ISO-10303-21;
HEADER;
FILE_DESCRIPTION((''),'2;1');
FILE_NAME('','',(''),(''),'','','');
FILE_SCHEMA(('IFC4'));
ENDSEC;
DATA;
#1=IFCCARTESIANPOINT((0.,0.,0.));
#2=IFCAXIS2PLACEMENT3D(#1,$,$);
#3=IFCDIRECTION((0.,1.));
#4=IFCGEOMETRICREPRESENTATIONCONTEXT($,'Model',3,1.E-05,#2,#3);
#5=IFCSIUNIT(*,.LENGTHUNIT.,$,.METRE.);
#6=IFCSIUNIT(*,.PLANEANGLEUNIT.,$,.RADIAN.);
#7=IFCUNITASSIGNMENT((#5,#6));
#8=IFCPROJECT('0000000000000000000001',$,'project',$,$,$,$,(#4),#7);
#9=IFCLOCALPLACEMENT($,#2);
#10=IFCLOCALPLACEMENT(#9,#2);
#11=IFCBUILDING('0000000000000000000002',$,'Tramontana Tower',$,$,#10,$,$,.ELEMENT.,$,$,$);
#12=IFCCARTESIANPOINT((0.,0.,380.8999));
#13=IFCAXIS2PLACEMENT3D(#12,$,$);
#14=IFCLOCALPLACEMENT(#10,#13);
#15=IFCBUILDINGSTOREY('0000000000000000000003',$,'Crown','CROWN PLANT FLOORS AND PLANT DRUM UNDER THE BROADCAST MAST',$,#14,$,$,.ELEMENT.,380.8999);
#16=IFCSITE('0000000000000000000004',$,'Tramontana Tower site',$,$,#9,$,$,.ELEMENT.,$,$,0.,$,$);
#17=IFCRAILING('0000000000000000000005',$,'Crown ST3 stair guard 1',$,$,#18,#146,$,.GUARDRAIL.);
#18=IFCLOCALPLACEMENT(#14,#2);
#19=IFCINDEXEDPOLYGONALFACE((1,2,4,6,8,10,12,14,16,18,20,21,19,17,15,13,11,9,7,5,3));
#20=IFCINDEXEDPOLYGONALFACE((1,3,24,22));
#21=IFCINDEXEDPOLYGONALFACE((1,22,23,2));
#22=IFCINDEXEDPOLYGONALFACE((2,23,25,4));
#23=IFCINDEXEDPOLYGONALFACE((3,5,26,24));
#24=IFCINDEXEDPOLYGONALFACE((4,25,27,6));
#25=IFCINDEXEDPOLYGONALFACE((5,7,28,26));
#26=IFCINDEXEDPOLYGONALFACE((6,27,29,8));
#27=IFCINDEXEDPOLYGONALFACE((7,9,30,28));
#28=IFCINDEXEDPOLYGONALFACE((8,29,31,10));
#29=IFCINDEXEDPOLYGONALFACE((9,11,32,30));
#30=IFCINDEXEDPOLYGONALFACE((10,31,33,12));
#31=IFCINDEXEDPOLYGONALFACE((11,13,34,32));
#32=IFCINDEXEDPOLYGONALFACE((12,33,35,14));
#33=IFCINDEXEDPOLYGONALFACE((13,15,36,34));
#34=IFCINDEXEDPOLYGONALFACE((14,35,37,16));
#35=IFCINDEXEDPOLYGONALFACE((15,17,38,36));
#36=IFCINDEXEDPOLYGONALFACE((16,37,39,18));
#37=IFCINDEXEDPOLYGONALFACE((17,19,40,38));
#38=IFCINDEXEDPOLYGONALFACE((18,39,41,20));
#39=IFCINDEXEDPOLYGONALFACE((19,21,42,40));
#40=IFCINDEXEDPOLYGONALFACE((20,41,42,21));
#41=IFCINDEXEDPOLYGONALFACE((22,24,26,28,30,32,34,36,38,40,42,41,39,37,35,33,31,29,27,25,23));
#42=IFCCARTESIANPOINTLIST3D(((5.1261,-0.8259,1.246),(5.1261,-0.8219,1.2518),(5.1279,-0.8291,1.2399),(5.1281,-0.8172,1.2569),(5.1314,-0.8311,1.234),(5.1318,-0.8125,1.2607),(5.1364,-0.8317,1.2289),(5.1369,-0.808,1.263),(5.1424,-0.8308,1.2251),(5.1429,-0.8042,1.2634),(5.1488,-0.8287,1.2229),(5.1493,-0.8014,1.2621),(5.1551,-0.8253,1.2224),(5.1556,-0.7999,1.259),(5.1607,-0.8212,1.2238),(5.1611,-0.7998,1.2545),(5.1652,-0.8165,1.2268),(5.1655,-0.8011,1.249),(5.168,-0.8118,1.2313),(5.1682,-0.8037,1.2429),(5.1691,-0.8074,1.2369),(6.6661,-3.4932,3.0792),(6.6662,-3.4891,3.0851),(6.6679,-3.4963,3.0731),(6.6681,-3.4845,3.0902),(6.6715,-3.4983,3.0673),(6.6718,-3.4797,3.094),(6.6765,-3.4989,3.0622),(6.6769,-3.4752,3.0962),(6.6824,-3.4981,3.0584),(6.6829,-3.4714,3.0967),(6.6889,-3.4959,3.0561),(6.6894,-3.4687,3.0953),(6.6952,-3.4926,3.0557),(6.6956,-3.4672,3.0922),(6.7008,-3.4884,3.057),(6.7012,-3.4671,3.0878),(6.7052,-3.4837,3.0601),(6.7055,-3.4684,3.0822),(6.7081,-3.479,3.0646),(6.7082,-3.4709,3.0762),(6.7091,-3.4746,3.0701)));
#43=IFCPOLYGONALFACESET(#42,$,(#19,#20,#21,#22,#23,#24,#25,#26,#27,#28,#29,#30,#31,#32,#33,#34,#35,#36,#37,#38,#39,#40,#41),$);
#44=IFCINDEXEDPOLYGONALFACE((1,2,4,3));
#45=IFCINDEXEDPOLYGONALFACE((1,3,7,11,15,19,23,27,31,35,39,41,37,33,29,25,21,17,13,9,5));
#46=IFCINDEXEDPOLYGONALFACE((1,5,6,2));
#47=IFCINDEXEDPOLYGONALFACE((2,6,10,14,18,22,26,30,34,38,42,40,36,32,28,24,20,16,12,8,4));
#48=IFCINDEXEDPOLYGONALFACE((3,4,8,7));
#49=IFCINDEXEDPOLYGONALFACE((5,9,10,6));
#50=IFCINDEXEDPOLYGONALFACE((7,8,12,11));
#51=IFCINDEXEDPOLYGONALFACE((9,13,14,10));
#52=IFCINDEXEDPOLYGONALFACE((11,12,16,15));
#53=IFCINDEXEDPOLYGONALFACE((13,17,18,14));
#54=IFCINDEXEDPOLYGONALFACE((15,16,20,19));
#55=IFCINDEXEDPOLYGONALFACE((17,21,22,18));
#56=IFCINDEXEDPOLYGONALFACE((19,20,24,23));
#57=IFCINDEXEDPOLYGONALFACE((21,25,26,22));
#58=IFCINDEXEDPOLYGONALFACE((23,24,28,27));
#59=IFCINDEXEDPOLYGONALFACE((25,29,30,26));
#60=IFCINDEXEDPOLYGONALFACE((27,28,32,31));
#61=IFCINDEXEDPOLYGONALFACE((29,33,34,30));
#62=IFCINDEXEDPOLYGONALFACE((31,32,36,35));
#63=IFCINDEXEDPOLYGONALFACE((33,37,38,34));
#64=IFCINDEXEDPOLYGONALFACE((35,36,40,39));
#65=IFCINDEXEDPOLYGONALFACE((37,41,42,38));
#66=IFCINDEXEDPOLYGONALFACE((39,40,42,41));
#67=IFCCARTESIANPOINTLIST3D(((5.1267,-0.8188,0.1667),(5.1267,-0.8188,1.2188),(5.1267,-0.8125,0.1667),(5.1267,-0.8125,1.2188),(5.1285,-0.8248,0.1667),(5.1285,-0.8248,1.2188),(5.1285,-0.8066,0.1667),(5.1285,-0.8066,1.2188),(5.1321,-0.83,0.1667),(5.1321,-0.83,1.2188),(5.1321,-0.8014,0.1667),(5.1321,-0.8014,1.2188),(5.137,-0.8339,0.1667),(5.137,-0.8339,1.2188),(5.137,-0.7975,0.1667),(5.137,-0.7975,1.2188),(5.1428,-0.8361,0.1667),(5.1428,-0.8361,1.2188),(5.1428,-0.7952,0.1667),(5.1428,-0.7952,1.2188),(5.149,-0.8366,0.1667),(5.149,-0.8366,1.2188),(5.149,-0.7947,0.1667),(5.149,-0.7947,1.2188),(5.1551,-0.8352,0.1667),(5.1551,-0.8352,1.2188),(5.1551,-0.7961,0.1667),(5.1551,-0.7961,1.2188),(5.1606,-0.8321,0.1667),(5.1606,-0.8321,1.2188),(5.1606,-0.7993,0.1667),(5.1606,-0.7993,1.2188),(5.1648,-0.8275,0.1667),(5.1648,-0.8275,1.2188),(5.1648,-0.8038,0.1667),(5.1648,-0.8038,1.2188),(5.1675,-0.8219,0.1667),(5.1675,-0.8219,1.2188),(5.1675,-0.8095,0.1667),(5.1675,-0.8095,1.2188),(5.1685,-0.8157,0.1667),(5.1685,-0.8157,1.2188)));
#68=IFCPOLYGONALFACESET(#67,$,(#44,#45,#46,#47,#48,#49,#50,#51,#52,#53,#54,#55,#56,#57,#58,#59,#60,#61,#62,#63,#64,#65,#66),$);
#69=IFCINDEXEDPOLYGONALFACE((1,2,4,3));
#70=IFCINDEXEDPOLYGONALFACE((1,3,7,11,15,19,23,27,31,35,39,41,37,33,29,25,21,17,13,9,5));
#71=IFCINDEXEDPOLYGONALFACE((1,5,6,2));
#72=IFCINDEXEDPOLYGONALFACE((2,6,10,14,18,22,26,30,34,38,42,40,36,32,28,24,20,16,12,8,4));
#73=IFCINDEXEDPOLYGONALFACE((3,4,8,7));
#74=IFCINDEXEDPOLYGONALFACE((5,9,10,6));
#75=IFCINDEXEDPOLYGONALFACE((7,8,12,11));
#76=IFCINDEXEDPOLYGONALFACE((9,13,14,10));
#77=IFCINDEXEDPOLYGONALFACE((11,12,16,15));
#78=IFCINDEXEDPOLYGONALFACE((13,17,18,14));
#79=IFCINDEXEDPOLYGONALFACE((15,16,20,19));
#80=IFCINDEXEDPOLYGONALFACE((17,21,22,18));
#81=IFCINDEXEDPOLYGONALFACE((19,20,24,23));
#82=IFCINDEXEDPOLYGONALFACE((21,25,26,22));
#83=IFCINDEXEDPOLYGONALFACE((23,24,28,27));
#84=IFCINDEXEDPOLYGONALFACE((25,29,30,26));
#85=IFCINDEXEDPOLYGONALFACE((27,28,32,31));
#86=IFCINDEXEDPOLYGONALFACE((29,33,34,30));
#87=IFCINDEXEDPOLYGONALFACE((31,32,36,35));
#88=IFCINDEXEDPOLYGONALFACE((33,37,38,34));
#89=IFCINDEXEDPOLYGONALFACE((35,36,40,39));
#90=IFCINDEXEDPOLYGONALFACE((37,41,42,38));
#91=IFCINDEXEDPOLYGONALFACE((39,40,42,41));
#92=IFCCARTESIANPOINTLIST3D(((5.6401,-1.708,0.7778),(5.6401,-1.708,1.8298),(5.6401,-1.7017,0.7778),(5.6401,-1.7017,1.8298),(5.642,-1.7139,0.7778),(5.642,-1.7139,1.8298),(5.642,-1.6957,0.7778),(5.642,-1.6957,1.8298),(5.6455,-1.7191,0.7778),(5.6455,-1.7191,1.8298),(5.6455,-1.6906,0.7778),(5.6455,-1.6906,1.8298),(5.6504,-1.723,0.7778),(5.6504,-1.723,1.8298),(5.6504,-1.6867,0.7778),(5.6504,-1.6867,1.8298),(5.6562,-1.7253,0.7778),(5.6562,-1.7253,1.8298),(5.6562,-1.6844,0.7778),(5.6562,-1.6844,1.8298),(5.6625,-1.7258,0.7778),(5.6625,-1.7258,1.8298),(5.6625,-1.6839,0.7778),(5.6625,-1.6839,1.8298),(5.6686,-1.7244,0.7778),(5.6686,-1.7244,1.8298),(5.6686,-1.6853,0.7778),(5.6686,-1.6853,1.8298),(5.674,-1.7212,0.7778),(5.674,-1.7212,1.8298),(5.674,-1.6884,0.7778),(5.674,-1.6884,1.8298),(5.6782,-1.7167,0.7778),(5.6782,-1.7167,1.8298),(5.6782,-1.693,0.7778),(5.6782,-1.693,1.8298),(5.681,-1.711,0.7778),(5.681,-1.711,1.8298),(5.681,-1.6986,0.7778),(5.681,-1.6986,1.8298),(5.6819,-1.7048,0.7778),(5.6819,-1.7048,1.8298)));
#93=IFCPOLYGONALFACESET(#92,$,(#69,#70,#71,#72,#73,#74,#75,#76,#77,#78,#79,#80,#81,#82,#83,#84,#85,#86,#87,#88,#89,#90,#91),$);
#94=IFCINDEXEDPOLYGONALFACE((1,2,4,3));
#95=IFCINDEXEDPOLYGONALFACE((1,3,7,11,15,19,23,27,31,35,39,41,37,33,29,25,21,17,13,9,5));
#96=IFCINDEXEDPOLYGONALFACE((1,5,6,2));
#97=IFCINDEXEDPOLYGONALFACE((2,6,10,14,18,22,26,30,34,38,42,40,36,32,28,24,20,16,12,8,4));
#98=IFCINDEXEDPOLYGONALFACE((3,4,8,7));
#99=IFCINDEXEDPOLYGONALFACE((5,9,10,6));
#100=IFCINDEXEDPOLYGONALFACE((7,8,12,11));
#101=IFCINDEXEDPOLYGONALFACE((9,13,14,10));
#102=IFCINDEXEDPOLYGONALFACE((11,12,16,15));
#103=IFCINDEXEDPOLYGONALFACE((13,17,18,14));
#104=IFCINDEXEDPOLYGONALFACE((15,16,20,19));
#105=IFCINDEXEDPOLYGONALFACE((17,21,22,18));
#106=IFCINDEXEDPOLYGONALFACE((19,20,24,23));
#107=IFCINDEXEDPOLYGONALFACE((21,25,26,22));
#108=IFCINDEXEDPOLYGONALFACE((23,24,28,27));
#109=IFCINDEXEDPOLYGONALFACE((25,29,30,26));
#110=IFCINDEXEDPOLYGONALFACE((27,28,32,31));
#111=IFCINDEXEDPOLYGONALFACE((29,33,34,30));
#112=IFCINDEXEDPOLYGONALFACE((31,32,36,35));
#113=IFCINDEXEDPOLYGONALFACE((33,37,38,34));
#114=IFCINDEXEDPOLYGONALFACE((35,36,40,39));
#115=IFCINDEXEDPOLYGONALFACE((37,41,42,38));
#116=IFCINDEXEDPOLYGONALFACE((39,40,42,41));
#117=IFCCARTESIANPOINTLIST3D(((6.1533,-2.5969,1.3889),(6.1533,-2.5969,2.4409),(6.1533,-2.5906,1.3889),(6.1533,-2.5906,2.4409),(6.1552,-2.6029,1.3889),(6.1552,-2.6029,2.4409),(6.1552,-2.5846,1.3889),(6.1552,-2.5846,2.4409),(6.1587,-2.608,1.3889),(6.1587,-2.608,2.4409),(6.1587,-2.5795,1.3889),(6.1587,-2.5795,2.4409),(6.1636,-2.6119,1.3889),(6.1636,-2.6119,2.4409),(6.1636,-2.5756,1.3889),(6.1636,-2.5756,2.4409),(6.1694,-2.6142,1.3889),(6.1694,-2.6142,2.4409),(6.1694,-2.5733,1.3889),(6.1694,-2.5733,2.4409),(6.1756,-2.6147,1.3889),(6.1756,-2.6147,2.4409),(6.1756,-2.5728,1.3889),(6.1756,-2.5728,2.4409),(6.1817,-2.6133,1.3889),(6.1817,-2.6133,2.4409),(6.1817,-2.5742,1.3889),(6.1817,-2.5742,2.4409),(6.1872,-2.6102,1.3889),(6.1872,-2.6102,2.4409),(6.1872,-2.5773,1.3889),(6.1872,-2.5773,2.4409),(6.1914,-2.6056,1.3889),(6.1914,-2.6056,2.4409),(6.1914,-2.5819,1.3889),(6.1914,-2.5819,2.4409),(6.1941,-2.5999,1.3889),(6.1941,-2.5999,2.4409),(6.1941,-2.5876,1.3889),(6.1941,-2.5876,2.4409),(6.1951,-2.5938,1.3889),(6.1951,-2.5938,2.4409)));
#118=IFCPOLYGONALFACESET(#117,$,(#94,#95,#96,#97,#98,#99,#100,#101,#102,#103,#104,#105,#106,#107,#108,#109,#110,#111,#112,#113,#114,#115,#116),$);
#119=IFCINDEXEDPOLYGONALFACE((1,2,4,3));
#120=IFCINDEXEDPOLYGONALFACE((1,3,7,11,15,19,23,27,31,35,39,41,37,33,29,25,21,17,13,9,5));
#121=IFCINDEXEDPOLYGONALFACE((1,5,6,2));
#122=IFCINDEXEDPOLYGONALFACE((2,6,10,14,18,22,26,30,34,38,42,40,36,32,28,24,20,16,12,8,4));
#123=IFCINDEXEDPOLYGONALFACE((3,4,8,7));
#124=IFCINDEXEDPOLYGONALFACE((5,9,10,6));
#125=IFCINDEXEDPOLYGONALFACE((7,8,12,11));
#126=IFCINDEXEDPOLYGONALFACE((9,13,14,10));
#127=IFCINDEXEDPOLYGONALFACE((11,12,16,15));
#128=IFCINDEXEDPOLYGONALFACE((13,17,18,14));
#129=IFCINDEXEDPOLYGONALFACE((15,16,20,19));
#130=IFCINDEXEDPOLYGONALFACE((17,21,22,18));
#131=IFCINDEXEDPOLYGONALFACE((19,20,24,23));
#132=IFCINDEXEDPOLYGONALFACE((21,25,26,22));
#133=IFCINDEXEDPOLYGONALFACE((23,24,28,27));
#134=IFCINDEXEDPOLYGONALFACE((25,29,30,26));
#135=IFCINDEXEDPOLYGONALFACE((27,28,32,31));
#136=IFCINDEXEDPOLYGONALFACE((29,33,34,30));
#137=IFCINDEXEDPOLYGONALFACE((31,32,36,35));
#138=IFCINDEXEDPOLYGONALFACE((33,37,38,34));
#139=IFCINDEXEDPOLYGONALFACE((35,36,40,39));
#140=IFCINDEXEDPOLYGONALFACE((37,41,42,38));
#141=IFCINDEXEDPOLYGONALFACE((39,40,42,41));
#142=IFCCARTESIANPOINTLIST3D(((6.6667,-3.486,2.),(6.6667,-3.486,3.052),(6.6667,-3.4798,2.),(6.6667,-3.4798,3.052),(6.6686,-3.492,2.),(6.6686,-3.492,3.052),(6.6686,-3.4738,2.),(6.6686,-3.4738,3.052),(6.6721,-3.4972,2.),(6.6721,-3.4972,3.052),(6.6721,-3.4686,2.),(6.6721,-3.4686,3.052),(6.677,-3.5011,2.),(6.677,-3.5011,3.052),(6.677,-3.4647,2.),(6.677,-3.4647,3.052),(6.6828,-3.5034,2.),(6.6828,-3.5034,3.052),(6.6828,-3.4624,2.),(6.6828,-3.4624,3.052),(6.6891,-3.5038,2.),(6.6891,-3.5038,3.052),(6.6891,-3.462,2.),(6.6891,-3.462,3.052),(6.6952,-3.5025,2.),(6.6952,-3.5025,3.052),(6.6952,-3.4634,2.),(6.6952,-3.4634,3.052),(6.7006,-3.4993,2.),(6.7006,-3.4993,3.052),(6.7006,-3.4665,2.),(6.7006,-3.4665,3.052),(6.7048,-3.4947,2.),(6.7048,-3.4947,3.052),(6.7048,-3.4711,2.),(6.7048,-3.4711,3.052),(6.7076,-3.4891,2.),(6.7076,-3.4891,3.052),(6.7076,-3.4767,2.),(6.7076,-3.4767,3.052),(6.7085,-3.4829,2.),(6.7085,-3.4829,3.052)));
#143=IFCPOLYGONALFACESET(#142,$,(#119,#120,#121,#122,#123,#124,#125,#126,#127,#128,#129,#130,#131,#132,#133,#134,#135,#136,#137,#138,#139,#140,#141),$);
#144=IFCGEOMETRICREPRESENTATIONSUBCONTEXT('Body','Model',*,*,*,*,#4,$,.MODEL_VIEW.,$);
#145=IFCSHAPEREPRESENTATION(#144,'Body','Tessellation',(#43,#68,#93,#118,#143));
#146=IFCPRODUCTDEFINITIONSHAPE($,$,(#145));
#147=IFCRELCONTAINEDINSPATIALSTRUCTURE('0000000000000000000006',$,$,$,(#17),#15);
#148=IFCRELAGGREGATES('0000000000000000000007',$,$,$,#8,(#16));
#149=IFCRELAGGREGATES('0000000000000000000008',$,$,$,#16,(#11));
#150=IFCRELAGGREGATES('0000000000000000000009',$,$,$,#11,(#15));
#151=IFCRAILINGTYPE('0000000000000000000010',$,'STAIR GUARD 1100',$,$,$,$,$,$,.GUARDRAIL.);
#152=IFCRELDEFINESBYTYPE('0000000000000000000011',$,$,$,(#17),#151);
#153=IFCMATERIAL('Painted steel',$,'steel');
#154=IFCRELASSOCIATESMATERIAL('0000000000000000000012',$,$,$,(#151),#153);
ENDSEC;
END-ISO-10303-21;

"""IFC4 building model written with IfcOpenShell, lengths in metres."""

from ifc_helpers import new_model, si_unit, direction, frame, origin, origin_2d, place, context, subcontext, project, spatial, circle, extrude, material, type_object, element, save


model = new_model("IFC4")

# Units and contexts
model_context = context("Model", 3, precision=1e-05, world=origin(), true_north=direction((0.0, 1.0)))
body_context = subcontext(model_context, "Body", "Model", "MODEL_VIEW")
ifc_project = project(units=[si_unit("LENGTHUNIT", "METRE"), si_unit("PLANEANGLEUNIT", "RADIAN")], contexts=[model_context])

# Site, building, storey
site_placement = place(None, origin())
site = spatial("IfcSite", under=ifc_project, at=site_placement, Name="Tramontana Tower site", CompositionType="ELEMENT", RefElevation=0.0)
building_placement = place(site_placement, origin())
building = spatial("IfcBuilding", under=site, at=building_placement, Name="Tramontana Tower", CompositionType="ELEMENT")
storey_placement = place(building_placement, frame((0.0, 0.0, 380.8999)))
storey = spatial("IfcBuildingStorey", under=building, at=storey_placement, Name="Crown", Description="CROWN PLANT FLOORS AND PLANT DRUM UNDER THE BROADCAST MAST", CompositionType="ELEMENT", Elevation=380.8999)

# Railing
ifc_material_1 = material(Name="Painted steel", Category="steel")
railing_type = type_object("IfcRailingType", Name="STAIR GUARD 1100", PredefinedType="GUARDRAIL", material=ifc_material_1)
for number, where, name in (
    (1, (5.1475, -0.8157, 0.1667), "Crown ST3 stair guard 1"),
):
    element("IfcRailing", number, at=place(storey_placement, frame(where)), inside=storey, type_object=railing_type, Name=name, PredefinedType="GUARDRAIL", context=body_context, shape_type="SweptSolid", body=[
        extrude(circle(Radius=0.0239, at=origin_2d()), frame((0.0, 0.0, 1.0762), z_axis=(0.429671, -0.744159, 0.511478), x_axis=(0.86601, 0.500027, 0.0)), (0.0, 0.0, 1.0), 3.5842),
        extrude(circle(Radius=0.021, at=origin_2d()), origin(), (0.0, 0.0, 1.0), 1.052),
        extrude(circle(Radius=0.021, at=origin_2d()), frame((0.5134, -0.8892, 0.6111)), (0.0, 0.0, 1.0), 1.052),
        extrude(circle(Radius=0.021, at=origin_2d()), frame((1.0266, -1.7781, 1.2222)), (0.0, 0.0, 1.0), 1.052),
        extrude(circle(Radius=0.021, at=origin_2d()), frame((1.54, -2.6672, 1.8333)), (0.0, 0.0, 1.0), 1.052),
    ])

save(model, "model.ifc")
